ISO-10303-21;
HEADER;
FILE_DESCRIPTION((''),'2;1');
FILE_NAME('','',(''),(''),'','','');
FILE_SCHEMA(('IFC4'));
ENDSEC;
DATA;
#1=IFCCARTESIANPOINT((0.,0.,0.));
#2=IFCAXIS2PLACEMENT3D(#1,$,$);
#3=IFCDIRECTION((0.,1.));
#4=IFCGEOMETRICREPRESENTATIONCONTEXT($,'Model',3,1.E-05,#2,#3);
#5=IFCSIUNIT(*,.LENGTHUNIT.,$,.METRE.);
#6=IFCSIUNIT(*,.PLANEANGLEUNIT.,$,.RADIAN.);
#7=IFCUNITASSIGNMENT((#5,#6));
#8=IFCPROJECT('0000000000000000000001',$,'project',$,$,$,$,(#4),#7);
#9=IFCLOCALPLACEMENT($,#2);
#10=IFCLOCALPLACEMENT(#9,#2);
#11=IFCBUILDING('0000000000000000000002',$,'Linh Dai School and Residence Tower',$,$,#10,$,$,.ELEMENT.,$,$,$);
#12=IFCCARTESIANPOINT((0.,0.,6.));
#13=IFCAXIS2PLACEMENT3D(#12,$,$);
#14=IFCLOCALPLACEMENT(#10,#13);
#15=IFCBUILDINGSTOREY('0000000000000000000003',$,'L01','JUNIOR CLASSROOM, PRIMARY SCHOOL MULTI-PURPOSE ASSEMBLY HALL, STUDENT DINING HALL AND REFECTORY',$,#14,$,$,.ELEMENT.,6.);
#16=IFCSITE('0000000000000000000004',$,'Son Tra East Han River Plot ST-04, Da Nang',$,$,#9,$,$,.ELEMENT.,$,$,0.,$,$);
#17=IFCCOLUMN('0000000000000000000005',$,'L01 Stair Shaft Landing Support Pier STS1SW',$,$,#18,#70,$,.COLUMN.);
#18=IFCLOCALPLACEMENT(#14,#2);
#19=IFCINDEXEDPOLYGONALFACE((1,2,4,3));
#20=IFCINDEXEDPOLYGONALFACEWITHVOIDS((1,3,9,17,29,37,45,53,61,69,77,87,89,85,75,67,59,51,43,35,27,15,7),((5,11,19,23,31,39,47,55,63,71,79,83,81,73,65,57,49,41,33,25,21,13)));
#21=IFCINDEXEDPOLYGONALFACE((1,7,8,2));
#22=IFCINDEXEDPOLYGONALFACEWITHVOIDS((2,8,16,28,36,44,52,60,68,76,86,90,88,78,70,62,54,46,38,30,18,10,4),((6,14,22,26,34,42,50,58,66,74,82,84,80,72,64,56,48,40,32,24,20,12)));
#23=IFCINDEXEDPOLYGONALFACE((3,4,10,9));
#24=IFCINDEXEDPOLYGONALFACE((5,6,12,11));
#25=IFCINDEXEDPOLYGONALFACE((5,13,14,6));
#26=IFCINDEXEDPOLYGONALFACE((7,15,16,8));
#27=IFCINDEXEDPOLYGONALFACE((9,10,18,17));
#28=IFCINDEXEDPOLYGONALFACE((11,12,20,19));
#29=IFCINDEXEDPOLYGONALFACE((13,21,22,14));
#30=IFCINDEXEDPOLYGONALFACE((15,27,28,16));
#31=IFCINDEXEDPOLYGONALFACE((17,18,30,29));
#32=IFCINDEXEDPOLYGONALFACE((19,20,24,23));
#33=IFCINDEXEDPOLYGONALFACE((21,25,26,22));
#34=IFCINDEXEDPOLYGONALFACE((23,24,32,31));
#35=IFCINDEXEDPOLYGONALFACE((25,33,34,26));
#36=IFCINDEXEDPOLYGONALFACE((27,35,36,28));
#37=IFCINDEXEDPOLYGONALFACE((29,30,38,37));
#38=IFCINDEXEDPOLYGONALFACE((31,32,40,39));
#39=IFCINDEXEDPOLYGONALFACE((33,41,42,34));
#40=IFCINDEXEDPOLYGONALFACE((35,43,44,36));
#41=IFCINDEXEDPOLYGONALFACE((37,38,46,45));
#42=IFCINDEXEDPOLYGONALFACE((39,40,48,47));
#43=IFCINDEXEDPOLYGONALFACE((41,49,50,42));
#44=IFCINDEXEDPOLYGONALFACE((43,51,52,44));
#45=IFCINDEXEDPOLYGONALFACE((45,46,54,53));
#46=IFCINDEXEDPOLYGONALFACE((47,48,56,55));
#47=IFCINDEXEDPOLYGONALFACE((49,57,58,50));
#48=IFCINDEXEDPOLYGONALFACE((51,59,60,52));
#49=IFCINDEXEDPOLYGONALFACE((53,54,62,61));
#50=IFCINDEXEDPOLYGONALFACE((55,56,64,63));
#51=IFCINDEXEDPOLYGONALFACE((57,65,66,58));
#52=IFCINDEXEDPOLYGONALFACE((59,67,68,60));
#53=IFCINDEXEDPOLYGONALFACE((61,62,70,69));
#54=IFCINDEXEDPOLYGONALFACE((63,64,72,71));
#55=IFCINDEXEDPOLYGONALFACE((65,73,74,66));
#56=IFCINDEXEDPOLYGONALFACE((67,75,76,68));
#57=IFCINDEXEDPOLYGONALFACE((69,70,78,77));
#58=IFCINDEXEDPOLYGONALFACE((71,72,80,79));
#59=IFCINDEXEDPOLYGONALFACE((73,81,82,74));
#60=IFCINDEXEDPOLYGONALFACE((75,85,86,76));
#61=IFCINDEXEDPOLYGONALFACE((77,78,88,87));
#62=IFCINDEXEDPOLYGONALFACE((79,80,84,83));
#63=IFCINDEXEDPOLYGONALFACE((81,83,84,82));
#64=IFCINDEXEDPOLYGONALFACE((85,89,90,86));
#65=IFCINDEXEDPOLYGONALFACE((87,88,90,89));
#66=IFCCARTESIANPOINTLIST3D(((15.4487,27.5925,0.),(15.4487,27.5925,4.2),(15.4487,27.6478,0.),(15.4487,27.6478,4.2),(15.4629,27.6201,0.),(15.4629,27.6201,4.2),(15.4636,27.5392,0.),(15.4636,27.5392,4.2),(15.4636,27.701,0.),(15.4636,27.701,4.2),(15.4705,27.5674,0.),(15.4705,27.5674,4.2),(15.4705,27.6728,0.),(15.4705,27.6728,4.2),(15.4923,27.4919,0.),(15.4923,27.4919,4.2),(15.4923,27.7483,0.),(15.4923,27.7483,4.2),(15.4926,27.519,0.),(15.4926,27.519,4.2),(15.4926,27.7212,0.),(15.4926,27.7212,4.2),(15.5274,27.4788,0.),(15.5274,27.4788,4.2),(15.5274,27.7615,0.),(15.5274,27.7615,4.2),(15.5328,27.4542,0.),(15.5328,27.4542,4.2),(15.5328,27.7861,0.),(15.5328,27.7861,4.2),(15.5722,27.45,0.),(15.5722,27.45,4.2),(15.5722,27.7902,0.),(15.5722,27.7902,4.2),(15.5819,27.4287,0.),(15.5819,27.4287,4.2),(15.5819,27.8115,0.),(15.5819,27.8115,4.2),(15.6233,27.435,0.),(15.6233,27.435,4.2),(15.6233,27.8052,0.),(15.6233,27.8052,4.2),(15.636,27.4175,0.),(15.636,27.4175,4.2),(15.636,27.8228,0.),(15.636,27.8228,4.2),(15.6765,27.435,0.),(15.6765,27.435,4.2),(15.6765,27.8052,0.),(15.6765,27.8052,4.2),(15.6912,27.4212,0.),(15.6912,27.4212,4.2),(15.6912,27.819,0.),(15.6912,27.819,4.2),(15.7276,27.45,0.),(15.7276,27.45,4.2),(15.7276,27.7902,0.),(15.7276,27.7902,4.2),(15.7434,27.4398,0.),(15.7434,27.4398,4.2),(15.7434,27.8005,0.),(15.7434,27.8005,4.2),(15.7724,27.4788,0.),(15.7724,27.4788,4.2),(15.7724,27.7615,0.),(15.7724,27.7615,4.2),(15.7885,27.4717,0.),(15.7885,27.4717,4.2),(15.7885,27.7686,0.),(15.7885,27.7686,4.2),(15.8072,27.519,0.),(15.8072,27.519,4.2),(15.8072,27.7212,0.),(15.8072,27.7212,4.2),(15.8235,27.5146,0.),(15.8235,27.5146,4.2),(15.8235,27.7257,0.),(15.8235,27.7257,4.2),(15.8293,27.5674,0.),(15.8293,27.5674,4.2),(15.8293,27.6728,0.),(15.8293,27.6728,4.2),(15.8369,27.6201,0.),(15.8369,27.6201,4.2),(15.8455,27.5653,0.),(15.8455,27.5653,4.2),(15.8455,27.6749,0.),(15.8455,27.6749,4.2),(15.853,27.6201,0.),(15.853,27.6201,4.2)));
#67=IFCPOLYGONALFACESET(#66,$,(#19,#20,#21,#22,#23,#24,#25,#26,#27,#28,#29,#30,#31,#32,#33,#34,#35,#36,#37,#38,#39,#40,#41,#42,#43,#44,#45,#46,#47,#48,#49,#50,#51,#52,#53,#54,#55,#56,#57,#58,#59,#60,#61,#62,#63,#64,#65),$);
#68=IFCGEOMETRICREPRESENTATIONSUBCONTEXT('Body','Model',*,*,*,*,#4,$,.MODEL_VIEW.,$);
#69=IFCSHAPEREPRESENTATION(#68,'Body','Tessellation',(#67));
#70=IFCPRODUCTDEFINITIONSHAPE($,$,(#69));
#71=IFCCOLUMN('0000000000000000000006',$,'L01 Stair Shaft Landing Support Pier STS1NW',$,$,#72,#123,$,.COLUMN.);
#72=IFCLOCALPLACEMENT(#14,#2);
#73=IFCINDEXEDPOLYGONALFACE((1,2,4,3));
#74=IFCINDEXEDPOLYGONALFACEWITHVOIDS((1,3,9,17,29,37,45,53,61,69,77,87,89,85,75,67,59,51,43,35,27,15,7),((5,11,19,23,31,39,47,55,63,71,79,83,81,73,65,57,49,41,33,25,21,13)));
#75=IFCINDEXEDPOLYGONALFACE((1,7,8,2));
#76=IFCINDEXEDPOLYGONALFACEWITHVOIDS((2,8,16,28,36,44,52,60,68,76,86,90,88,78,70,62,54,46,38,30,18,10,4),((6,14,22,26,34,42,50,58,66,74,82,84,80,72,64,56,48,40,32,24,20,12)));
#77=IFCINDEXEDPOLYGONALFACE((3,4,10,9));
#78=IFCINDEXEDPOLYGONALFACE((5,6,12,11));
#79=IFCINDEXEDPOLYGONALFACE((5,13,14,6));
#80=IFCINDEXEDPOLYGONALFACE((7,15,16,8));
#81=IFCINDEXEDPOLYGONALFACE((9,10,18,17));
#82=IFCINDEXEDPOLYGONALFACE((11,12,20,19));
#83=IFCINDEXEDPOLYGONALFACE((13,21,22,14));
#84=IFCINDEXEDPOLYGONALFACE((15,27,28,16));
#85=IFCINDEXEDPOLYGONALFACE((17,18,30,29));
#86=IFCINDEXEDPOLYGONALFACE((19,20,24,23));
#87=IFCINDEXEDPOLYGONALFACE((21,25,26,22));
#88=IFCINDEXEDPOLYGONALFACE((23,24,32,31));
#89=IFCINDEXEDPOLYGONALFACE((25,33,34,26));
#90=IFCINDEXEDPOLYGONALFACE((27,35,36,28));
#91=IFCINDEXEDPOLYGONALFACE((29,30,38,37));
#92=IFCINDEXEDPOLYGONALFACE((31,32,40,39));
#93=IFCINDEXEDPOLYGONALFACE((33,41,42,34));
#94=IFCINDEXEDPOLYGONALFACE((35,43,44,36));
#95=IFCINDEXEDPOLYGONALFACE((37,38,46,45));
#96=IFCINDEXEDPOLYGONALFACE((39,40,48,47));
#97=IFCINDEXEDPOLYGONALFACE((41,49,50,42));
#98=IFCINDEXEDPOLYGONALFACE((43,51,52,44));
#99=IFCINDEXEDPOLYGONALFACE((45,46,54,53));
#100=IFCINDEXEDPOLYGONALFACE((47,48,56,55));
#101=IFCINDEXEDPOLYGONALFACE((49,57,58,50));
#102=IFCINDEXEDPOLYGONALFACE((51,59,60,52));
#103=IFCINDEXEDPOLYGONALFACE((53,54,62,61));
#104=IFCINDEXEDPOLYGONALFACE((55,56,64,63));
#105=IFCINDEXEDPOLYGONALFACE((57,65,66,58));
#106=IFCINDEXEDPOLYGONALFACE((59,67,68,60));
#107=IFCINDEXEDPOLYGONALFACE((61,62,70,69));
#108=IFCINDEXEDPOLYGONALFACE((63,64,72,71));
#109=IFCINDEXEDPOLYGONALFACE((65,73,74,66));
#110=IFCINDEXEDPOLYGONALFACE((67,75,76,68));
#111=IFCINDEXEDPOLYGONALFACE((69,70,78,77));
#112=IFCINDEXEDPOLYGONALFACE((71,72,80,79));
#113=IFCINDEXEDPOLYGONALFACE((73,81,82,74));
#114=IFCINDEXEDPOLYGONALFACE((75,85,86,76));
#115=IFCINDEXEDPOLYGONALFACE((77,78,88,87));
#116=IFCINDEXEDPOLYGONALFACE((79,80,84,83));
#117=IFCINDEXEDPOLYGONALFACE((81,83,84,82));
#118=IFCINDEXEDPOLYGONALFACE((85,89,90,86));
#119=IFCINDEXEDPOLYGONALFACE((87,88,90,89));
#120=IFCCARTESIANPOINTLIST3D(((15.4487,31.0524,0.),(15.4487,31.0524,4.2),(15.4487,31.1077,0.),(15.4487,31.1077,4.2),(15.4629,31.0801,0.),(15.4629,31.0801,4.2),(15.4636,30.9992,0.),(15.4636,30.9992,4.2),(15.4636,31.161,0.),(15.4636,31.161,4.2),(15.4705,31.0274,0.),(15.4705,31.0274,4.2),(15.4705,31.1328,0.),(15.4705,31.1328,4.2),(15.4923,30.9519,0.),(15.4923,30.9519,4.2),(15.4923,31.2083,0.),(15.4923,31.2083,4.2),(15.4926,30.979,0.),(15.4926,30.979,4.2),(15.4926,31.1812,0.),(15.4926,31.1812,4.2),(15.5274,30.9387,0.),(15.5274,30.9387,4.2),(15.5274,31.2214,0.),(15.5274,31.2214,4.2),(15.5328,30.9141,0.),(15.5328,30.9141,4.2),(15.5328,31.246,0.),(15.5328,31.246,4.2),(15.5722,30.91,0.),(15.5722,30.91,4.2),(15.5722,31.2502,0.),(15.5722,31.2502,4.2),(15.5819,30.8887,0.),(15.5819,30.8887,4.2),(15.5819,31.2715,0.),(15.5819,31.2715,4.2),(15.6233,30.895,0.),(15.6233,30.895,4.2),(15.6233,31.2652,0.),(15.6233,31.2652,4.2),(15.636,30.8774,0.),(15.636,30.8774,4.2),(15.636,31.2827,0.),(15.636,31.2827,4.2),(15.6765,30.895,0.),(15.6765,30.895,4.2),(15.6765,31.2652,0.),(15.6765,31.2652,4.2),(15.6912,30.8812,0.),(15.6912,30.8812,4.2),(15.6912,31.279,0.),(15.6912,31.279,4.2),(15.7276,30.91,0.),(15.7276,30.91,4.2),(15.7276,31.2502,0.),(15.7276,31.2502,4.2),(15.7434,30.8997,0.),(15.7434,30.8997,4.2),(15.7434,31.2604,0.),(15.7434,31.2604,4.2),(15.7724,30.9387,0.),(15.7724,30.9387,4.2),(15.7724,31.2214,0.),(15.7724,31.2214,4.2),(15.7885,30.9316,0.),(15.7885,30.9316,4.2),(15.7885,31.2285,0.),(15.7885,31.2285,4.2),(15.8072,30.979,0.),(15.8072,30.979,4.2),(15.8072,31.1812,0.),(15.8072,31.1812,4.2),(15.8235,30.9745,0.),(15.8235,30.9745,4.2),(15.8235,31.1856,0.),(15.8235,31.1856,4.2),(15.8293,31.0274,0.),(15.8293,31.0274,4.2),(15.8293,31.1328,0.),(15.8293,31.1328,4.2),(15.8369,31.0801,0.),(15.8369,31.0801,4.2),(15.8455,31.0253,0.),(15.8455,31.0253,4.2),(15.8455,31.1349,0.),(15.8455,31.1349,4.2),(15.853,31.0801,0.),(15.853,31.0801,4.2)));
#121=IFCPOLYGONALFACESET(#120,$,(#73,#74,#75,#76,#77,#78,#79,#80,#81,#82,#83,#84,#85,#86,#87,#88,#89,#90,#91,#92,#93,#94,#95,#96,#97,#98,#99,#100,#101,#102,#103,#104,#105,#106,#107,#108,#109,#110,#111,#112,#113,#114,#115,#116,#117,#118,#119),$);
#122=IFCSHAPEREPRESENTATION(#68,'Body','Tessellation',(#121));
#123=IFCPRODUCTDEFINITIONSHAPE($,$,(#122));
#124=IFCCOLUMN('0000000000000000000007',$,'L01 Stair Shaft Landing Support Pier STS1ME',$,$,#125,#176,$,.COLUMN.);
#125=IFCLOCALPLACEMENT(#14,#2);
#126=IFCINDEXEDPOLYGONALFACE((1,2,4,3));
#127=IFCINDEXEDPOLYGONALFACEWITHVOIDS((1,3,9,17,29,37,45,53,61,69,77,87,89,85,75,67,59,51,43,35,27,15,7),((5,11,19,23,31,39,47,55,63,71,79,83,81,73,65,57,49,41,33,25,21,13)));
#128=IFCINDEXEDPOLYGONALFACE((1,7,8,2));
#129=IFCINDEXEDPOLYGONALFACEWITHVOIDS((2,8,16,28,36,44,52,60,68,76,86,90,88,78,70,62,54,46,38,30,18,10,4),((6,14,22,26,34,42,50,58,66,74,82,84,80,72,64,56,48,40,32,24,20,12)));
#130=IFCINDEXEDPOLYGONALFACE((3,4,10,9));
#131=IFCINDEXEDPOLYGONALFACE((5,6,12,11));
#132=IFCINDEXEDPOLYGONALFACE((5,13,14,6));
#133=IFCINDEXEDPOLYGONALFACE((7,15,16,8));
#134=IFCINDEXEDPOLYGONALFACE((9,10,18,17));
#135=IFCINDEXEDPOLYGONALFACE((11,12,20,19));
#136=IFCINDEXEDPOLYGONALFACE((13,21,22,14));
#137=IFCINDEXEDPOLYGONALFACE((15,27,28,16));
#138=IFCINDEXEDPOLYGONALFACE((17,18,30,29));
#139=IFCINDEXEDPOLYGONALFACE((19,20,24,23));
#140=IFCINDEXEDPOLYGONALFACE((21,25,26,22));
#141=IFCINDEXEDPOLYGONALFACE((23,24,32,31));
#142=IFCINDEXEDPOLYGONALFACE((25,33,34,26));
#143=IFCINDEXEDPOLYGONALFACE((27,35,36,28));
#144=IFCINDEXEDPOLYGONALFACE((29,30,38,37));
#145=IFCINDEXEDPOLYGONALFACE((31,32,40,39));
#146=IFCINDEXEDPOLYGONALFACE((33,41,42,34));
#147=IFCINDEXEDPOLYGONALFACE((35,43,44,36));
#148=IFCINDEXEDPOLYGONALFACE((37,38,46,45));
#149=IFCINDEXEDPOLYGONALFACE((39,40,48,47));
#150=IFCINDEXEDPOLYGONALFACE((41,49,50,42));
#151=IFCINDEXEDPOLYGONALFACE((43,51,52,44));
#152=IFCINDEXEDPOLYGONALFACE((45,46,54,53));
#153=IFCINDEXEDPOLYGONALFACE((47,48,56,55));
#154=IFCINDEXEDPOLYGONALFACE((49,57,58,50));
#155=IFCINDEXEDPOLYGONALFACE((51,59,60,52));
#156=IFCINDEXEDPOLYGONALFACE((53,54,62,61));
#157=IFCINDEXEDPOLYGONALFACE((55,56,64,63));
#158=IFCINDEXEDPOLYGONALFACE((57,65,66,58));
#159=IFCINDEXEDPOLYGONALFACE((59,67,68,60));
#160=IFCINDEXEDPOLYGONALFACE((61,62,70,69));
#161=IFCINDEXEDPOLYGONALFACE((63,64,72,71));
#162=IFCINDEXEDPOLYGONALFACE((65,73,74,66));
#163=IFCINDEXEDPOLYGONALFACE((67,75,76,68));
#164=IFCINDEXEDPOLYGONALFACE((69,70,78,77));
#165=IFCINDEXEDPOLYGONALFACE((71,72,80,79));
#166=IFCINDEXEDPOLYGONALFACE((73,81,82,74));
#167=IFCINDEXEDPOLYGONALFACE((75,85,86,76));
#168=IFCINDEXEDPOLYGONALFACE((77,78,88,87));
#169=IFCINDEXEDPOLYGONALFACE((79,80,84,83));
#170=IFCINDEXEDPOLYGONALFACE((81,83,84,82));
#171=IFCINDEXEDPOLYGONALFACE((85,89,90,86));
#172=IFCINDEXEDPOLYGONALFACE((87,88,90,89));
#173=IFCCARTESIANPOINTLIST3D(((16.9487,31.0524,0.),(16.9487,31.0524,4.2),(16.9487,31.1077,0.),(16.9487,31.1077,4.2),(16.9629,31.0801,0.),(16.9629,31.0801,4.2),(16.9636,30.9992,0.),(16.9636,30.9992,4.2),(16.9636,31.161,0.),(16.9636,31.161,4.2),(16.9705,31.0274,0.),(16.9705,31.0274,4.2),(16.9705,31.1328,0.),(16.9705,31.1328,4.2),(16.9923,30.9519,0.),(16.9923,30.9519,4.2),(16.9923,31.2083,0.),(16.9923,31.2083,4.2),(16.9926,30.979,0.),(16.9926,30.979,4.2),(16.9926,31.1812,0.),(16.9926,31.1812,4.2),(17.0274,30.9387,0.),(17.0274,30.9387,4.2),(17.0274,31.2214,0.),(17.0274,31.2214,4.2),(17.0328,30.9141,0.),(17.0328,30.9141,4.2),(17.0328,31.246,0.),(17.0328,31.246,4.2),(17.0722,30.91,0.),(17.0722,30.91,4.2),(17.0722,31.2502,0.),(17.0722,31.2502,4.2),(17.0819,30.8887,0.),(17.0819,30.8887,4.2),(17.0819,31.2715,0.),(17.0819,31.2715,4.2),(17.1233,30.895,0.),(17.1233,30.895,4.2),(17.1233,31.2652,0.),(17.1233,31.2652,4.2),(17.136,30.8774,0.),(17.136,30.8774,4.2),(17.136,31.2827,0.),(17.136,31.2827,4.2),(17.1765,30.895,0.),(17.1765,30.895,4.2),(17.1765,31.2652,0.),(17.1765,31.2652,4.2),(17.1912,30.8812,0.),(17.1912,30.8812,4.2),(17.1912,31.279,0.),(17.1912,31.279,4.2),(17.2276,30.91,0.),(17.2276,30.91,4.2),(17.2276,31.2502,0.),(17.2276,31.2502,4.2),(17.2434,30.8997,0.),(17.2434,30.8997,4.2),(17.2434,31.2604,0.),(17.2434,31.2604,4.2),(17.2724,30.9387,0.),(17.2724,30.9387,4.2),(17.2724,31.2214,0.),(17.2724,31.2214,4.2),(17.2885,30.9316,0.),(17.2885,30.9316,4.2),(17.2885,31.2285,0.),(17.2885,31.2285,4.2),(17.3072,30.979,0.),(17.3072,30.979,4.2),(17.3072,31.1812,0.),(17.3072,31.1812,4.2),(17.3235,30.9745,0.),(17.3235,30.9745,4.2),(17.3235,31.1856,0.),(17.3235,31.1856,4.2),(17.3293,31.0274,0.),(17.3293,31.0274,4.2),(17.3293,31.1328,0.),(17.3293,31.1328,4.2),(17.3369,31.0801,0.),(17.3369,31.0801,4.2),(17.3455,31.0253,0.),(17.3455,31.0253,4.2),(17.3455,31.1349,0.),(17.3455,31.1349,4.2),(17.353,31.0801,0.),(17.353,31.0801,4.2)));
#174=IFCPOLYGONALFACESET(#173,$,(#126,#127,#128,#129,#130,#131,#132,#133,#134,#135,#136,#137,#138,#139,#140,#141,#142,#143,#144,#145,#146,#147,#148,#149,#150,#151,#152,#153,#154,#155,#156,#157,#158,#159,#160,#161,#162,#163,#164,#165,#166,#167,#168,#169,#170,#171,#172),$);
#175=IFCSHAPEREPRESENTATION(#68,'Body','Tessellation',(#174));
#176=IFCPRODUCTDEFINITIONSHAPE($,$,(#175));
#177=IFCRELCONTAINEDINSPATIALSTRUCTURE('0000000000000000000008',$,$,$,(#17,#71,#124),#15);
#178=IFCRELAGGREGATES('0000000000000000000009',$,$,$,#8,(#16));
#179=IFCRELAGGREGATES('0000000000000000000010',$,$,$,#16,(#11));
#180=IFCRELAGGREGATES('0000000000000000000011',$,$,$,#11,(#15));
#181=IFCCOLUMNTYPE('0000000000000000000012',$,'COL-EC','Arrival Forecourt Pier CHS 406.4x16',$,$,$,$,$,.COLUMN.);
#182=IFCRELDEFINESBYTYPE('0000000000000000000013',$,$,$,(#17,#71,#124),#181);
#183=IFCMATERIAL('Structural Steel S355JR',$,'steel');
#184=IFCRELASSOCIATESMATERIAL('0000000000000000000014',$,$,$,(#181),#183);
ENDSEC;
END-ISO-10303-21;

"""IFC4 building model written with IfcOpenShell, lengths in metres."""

from ifc_helpers import new_model, si_unit, direction, frame, origin, origin_2d, place, context, subcontext, project, spatial, hollow_circle, extrude, material, material_profile, profile_set, type_object, element, save


model = new_model("IFC4")

# Units and contexts
model_context = context("Model", 3, precision=1e-05, world=origin(), true_north=direction((0.0, 1.0)))
body_context = subcontext(model_context, "Body", "Model", "MODEL_VIEW")
ifc_project = project(units=[si_unit("LENGTHUNIT", "METRE"), si_unit("PLANEANGLEUNIT", "RADIAN")], contexts=[model_context])

# Site, building, storey
site_placement = place(None, origin())
site = spatial("IfcSite", under=ifc_project, at=site_placement, Name="Son Tra East Han River Plot ST-04, Da Nang", CompositionType="ELEMENT", RefElevation=0.0)
building_placement = place(site_placement, origin())
building = spatial("IfcBuilding", under=site, at=building_placement, Name="Linh Dai School and Residence Tower", CompositionType="ELEMENT")
storey_placement = place(building_placement, frame((0.0, 0.0, 6.0)))
storey = spatial("IfcBuildingStorey", under=building, at=storey_placement, Name="L01", Description="JUNIOR CLASSROOM, PRIMARY SCHOOL MULTI-PURPOSE ASSEMBLY HALL, STUDENT DINING HALL AND REFECTORY", CompositionType="ELEMENT", Elevation=6.0)

# Columns
ifc_material_1 = material(Name="Structural Steel S355JR", Category="steel")
ifc_material_profile = material_profile(ifc_material_1, hollow_circle(Radius=0.2031, WallThickness=0.0161, at=origin_2d()), Name="CHS 406.4x16")
ifc_profile_set = profile_set([ifc_material_profile], Name="Structural Steel S355JR")
column_type = type_object("IfcColumnType", Name="COL-EC", Description="Arrival Forecourt Pier CHS 406.4x16", PredefinedType="COLUMN", material=ifc_profile_set)
for number, where, z_axis, x_axis, name in (
    (1, (15.6499, 27.6201, 0.0), (0.0, 0.0, 1.0), (1.0, 0.0, 0.0), "L01 Stair Shaft Landing Support Pier STS1SW"),
    (2, (15.6499, 31.0801, 0.0), (0.0, 0.0, 1.0), (1.0, 0.0, 0.0), "L01 Stair Shaft Landing Support Pier STS1NW"),
    (3, (17.1499, 31.0801, 0.0), (0.0, 0.0, 1.0), (1.0, 0.0, 0.0), "L01 Stair Shaft Landing Support Pier STS1ME"),
):
    element("IfcColumn", number, at=place(storey_placement, frame(where, z_axis=z_axis, x_axis=x_axis)), inside=storey, type_object=column_type, Name=name, PredefinedType="COLUMN", context=body_context, shape_type="SweptSolid", body=[
        extrude(hollow_circle(Radius=0.2031, WallThickness=0.0161, at=origin_2d()), origin(), (0.0, 0.0, 1.0), 4.2),
    ])

save(model, "model.ifc")
